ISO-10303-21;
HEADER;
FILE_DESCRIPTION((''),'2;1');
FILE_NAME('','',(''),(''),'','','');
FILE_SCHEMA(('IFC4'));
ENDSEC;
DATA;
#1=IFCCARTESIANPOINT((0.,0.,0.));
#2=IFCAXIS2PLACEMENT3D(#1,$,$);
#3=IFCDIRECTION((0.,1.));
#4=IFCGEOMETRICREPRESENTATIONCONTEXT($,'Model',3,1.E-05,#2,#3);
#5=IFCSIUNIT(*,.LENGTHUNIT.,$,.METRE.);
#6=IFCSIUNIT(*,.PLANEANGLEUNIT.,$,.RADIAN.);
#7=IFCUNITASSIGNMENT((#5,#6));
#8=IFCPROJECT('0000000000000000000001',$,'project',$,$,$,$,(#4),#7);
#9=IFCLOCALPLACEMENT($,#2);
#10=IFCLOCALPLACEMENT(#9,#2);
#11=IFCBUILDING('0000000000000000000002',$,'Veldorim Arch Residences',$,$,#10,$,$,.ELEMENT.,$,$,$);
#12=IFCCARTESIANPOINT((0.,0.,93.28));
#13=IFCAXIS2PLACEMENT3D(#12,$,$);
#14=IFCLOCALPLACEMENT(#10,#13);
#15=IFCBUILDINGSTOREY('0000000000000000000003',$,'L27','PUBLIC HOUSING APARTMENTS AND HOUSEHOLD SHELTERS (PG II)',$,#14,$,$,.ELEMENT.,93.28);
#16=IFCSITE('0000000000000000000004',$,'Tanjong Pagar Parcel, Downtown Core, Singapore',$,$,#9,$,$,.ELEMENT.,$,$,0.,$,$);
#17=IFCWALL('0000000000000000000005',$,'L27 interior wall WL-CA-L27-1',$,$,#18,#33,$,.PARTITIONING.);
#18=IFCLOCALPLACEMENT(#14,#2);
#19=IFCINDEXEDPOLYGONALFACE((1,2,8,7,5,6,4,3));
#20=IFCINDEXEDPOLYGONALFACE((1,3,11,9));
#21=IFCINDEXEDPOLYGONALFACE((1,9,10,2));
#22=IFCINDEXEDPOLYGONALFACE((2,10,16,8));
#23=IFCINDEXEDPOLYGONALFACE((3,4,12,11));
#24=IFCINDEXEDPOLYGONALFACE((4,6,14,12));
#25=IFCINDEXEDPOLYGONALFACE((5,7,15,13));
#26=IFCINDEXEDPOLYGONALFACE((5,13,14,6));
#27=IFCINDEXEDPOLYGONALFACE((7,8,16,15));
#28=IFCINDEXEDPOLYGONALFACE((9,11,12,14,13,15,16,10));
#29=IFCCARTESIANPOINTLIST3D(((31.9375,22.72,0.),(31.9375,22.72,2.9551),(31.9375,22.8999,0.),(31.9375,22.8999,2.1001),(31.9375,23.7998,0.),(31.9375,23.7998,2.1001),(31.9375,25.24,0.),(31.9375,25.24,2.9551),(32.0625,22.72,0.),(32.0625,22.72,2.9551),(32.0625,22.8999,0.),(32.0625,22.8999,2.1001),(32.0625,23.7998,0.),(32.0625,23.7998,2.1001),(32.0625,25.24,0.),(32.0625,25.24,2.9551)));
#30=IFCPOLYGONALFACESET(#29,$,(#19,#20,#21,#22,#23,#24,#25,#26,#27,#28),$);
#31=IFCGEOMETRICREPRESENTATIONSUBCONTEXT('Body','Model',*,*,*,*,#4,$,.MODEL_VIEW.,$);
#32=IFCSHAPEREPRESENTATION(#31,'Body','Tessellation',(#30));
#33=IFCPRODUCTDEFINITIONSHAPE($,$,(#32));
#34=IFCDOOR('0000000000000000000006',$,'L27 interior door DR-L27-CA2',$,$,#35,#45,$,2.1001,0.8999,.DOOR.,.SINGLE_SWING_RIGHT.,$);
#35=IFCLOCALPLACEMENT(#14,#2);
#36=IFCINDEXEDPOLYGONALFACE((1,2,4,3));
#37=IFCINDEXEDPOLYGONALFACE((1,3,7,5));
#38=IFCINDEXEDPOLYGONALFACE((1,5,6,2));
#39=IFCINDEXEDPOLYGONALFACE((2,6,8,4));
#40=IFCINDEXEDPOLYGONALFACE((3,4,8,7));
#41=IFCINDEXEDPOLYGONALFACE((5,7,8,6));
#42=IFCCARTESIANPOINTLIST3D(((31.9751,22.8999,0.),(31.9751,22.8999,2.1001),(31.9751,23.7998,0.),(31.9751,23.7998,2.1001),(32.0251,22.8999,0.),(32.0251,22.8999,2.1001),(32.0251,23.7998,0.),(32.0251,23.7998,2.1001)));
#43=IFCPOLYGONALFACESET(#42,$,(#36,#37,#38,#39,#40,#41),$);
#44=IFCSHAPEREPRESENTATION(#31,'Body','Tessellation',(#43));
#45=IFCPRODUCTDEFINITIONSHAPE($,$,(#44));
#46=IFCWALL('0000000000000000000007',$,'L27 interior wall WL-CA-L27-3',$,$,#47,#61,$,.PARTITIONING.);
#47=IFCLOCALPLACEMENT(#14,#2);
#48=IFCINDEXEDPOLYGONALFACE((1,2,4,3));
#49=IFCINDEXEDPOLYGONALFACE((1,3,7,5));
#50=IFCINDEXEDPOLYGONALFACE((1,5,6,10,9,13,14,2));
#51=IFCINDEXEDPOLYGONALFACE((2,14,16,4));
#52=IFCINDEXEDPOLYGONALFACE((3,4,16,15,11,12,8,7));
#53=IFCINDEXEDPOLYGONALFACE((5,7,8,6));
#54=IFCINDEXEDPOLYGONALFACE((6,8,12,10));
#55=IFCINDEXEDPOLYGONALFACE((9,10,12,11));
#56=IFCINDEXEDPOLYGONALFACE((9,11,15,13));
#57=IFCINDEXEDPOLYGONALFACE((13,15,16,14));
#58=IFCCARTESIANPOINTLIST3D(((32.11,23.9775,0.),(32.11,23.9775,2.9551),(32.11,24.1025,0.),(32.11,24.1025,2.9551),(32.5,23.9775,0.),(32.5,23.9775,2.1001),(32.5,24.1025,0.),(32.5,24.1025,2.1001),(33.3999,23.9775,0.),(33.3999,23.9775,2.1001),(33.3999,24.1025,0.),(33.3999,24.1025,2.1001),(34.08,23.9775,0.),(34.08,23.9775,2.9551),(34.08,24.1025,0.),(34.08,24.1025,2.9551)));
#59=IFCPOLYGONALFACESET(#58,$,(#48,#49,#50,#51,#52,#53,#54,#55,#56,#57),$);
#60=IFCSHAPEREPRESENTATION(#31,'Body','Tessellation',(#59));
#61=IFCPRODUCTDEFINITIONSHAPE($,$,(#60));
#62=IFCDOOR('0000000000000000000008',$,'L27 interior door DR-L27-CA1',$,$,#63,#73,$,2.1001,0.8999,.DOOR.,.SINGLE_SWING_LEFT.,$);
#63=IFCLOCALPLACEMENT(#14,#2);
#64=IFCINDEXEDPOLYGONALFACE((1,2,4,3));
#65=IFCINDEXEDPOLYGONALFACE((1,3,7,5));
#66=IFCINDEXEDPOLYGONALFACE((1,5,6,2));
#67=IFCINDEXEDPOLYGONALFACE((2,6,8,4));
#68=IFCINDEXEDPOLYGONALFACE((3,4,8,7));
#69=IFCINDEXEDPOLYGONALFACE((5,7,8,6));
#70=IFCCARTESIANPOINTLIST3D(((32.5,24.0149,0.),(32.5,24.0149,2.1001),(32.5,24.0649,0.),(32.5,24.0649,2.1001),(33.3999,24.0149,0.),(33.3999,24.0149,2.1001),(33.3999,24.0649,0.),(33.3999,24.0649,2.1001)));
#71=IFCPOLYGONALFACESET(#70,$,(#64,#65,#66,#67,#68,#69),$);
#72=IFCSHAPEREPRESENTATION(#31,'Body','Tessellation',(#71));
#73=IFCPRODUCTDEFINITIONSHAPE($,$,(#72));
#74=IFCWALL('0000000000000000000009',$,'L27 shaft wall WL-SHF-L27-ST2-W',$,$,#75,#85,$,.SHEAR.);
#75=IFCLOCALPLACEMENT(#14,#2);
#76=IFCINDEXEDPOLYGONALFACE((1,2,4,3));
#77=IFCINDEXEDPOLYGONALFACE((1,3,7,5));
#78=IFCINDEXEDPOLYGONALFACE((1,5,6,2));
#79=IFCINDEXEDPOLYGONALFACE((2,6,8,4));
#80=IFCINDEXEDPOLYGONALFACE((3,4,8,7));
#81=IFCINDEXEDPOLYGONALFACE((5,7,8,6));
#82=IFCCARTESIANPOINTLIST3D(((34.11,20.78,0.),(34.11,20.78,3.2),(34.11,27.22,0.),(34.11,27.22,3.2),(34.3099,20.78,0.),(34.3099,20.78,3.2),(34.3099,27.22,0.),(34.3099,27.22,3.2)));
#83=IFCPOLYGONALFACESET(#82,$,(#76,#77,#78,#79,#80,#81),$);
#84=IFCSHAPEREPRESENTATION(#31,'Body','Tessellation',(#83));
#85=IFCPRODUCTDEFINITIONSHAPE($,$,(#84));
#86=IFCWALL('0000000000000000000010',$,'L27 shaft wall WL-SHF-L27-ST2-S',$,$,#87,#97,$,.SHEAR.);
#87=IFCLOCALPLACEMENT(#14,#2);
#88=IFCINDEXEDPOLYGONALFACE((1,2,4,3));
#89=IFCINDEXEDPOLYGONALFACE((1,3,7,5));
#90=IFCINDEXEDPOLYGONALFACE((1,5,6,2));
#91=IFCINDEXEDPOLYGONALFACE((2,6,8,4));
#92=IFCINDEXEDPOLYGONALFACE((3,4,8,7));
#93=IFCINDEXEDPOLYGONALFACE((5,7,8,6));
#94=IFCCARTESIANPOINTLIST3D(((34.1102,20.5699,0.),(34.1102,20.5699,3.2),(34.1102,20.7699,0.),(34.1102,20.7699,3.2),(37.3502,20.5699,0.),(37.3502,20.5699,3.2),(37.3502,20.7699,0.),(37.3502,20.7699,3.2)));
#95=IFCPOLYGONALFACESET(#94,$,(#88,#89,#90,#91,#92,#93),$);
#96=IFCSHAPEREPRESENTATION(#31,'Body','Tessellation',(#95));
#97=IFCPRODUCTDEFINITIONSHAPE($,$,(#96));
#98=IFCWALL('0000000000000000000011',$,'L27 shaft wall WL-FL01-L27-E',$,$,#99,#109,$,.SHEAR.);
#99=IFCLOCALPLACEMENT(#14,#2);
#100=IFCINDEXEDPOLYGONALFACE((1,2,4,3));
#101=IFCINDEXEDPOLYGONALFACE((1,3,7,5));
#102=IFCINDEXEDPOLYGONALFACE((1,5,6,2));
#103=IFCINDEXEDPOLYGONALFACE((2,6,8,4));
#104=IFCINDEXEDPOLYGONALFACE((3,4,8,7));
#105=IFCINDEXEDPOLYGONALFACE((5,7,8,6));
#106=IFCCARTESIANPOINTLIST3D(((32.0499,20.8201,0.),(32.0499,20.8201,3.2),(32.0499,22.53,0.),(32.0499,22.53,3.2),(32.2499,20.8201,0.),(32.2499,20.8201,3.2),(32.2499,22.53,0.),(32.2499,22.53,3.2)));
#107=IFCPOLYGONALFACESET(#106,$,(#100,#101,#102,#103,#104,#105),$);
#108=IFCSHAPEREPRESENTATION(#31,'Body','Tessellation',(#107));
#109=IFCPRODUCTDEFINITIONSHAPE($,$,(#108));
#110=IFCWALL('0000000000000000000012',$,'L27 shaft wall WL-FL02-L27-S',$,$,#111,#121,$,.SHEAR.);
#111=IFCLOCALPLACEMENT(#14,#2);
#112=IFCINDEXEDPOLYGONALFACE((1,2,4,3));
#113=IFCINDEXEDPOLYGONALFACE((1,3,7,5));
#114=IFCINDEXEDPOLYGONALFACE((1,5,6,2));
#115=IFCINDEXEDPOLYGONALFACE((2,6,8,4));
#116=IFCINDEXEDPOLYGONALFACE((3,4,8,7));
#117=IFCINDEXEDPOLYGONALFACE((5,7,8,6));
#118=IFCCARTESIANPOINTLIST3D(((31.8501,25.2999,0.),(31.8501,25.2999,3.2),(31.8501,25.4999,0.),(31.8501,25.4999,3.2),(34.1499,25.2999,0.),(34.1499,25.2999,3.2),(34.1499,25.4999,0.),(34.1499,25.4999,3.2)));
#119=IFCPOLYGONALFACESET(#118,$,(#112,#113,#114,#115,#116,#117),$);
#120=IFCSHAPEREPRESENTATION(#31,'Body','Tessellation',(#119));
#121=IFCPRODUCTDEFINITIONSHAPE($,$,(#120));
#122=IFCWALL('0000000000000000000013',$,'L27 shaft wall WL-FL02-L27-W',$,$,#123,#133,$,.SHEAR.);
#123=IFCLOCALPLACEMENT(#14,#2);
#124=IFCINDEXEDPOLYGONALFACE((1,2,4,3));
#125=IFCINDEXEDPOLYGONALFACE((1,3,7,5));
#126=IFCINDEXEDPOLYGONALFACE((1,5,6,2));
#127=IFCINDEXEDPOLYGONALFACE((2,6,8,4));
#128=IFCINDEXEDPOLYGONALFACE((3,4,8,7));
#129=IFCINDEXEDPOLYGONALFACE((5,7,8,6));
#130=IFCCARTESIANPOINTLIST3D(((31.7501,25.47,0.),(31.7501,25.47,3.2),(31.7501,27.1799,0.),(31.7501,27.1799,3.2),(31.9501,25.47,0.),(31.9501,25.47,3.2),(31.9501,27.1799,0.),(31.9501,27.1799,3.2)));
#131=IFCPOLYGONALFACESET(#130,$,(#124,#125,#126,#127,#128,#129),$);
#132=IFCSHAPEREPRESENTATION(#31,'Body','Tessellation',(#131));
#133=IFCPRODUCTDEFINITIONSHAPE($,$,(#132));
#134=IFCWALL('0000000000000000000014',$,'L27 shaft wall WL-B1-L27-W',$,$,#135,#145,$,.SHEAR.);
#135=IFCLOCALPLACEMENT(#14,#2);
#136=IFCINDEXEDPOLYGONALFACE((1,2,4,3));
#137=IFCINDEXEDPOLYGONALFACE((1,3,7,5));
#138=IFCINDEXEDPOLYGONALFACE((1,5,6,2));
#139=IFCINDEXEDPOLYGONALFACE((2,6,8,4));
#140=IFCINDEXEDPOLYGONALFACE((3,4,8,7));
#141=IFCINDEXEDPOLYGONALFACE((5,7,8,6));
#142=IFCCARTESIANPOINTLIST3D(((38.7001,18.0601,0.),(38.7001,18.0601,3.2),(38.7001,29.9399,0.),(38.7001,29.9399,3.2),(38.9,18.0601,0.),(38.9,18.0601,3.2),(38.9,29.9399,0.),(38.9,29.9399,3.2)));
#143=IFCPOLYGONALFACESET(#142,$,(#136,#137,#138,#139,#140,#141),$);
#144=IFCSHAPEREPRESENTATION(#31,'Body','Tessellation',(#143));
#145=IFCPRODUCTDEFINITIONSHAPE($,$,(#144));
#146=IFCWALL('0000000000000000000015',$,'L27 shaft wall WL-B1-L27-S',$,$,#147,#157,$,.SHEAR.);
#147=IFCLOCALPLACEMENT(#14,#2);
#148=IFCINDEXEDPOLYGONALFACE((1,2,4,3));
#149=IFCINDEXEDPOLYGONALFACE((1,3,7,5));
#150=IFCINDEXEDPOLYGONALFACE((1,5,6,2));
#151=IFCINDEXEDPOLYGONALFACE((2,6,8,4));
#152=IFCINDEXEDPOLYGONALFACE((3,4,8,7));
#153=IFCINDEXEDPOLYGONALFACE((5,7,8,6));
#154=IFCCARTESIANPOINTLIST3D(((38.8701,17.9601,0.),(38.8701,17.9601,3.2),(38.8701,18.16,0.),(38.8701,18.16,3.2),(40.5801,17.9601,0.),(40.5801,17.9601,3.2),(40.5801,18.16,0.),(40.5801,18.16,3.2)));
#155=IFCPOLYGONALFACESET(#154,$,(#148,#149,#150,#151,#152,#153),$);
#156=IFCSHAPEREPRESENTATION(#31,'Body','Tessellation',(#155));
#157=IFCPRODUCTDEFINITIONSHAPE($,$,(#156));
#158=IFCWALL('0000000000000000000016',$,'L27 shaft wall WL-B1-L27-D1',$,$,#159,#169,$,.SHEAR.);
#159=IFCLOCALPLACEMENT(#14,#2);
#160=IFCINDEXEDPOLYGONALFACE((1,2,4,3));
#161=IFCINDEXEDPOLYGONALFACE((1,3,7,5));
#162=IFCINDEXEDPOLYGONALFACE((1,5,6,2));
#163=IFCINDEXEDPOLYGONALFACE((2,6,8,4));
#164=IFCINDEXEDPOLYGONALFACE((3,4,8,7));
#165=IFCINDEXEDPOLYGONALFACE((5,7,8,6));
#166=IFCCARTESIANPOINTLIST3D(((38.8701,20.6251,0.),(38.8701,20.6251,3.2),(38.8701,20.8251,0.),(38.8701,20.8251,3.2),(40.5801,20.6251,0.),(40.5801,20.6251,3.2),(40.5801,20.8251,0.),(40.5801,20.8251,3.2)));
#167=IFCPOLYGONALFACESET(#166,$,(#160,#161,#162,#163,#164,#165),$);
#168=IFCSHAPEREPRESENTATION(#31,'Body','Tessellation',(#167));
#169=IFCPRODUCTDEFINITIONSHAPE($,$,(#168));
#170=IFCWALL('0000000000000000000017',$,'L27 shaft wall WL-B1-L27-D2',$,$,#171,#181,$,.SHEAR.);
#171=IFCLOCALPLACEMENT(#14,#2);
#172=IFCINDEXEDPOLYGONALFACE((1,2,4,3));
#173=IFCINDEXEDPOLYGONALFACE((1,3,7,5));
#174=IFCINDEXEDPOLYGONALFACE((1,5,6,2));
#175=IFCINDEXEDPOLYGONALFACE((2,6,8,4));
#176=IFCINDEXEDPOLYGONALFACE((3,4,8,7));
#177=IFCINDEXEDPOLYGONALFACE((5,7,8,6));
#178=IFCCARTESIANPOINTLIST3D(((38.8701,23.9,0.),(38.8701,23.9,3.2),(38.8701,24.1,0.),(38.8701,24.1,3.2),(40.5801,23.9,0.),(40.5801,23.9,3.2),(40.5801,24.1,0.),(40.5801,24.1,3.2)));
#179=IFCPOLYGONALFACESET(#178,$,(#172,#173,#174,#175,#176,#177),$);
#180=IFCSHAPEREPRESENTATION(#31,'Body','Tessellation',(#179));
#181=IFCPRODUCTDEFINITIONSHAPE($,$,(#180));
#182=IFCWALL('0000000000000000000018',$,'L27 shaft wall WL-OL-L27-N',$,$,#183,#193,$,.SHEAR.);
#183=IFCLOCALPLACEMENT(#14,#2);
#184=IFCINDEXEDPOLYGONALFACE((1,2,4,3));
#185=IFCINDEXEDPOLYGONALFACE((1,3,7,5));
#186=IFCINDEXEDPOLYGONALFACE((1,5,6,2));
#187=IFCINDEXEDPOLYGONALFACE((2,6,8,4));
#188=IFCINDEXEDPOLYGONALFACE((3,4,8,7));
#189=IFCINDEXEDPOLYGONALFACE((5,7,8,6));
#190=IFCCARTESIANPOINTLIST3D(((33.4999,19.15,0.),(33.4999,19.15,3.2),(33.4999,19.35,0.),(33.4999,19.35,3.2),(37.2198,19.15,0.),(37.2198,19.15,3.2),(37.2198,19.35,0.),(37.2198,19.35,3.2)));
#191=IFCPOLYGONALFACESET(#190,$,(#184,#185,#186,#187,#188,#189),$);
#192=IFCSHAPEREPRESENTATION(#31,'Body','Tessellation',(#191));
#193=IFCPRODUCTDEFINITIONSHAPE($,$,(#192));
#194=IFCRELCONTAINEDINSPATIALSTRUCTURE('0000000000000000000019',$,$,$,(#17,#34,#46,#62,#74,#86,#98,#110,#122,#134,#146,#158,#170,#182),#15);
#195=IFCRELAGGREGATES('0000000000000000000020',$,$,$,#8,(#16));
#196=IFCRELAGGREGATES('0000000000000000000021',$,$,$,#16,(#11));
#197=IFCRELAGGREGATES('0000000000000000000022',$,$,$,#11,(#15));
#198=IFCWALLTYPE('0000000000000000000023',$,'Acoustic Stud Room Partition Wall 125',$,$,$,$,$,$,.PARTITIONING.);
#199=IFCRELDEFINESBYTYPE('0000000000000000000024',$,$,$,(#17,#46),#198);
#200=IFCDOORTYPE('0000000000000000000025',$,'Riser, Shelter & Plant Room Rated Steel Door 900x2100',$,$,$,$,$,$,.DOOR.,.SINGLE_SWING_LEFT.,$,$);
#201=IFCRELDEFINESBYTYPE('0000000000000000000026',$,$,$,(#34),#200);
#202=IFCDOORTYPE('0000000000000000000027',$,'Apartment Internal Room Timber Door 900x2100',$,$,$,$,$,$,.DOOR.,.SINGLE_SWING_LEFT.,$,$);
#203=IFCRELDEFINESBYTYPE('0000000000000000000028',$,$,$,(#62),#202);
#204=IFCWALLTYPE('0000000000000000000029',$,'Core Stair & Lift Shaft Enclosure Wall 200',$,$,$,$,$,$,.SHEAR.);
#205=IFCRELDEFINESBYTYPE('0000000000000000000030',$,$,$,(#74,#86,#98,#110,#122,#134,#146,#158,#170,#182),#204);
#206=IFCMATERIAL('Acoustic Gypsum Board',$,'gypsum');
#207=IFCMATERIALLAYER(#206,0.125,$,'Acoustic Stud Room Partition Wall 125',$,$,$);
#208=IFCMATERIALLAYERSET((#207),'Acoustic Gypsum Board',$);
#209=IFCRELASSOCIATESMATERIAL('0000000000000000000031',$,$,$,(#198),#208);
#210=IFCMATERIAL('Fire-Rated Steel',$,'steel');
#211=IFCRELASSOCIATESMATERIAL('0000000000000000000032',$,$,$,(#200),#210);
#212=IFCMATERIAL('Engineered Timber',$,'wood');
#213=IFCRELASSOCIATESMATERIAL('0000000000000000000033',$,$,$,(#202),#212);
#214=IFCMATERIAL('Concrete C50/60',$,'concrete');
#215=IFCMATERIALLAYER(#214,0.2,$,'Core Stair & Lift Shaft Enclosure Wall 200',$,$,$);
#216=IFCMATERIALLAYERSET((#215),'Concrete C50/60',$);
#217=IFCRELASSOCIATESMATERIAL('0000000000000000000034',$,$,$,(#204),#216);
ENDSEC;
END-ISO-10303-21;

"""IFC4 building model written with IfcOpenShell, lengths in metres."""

from ifc_helpers import new_model, si_unit, direction, frame, frame_2d, origin, place, context, subcontext, project, spatial, rectangle, extrude, material, layer, layer_set, type_object, element, fill, save


model = new_model("IFC4")

# Units and contexts
model_context = context("Model", 3, precision=1e-05, world=origin(), true_north=direction((0.0, 1.0)))
body_context = subcontext(model_context, "Body", "Model", "MODEL_VIEW")
ifc_project = project(units=[si_unit("LENGTHUNIT", "METRE"), si_unit("PLANEANGLEUNIT", "RADIAN")], contexts=[model_context])

# Site, building, storey
site_placement = place(None, origin())
site = spatial("IfcSite", under=ifc_project, at=site_placement, Name="Tanjong Pagar Parcel, Downtown Core, Singapore", CompositionType="ELEMENT", RefElevation=0.0)
building_placement = place(site_placement, origin())
building = spatial("IfcBuilding", under=site, at=building_placement, Name="Veldorim Arch Residences", CompositionType="ELEMENT")
storey_placement = place(building_placement, frame((0.0, 0.0, 93.28)))
storey = spatial("IfcBuildingStorey", under=building, at=storey_placement, Name="L27", Description="PUBLIC HOUSING APARTMENTS AND HOUSEHOLD SHELTERS (PG II)", CompositionType="ELEMENT", Elevation=93.28)

# Walls, openings, doors
ifc_material_1 = material(Name="Acoustic Gypsum Board", Category="gypsum")
ifc_layer_1 = layer(ifc_material_1, 0.125, Name="Acoustic Stud Room Partition Wall 125")
ifc_layer_set_1 = layer_set([ifc_layer_1], Name="Acoustic Gypsum Board")
wall_type_1 = type_object("IfcWallType", Name="Acoustic Stud Room Partition Wall 125", PredefinedType="PARTITIONING", material=ifc_layer_set_1)
wall_1_placement = place(storey_placement, frame((32.0, 22.72, 0.0), z_axis=(0.0, 0.0, 1.0), x_axis=(0.0, 1.0, 0.0)))
wall_1 = element("IfcWall", 1, at=wall_1_placement, inside=storey, type_object=wall_type_1, Name="L27 interior wall WL-CA-L27-1", PredefinedType="PARTITIONING", context=body_context, shape_type="SweptSolid", body=[
    extrude(rectangle(XDim=2.52, YDim=0.125, at=frame_2d((1.26, 0.0))), origin(), (0.0, 0.0, 1.0), 2.9551),
])
opening_1_placement = place(wall_1_placement, frame((0.1799, 0.0, 0.0)))
opening_1 = element("IfcOpeningElement", 2, at=opening_1_placement, cuts=wall_1, PredefinedType="OPENING", context=body_context, shape_type="SweptSolid", body=[
    extrude(rectangle(XDim=0.8999, YDim=2.1001, at=frame_2d((0.45, 1.05))), frame((0.0, 0.0725, 0.0), z_axis=(0.0, -1.0, 0.0), x_axis=(1.0, 0.0, 0.0)), (0.0, 0.0, 1.0), 0.145),
])
ifc_material_2 = material(Name="Fire-Rated Steel", Category="steel")
door_type_1 = type_object("IfcDoorType", Name="Riser, Shelter & Plant Room Rated Steel Door 900x2100", OperationType="SINGLE_SWING_LEFT", PredefinedType="DOOR", material=ifc_material_2)
door_1_placement = place(opening_1_placement, origin())
door_1 = element("IfcDoor", 3, at=door_1_placement, inside=storey, type_object=door_type_1, Name="L27 interior door DR-L27-CA2", OperationType="SINGLE_SWING_RIGHT", OverallHeight=2.1001, OverallWidth=0.8999, PredefinedType="DOOR", context=body_context, shape_type="SweptSolid", body=[
    extrude(rectangle(XDim=0.8999, YDim=2.1001, at=frame_2d((0.45, 1.05))), frame((0.0, 0.0249, 0.0), z_axis=(0.0, -1.0, 0.0), x_axis=(1.0, 0.0, 0.0)), (0.0, 0.0, 1.0), 0.05),
])
fill(opening_1, door_1)
wall_2_placement = place(storey_placement, frame((32.1101, 24.04, 0.0), z_axis=(0.0, 0.0, 1.0), x_axis=(1.0, 0.0, 0.0)))
wall_2 = element("IfcWall", 4, at=wall_2_placement, inside=storey, type_object=wall_type_1, Name="L27 interior wall WL-CA-L27-3", PredefinedType="PARTITIONING", context=body_context, shape_type="SweptSolid", body=[
    extrude(rectangle(XDim=1.97, YDim=0.125, at=frame_2d((0.9849, 0.0))), origin(), (0.0, 0.0, 1.0), 2.9551),
])
opening_2_placement = place(wall_2_placement, frame((0.3899, 0.0, 0.0)))
opening_2 = element("IfcOpeningElement", 5, at=opening_2_placement, cuts=wall_2, PredefinedType="OPENING", context=body_context, shape_type="SweptSolid", body=[
    extrude(rectangle(XDim=0.8999, YDim=2.1001, at=frame_2d((0.45, 1.05))), frame((0.0, 0.0725, 0.0), z_axis=(0.0, -1.0, 0.0), x_axis=(1.0, 0.0, 0.0)), (0.0, 0.0, 1.0), 0.145),
])
ifc_material_3 = material(Name="Engineered Timber", Category="wood")
door_type_2 = type_object("IfcDoorType", Name="Apartment Internal Room Timber Door 900x2100", OperationType="SINGLE_SWING_LEFT", PredefinedType="DOOR", material=ifc_material_3)
door_2_placement = place(opening_2_placement, origin())
door_2 = element("IfcDoor", 6, at=door_2_placement, inside=storey, type_object=door_type_2, Name="L27 interior door DR-L27-CA1", OperationType="SINGLE_SWING_LEFT", OverallHeight=2.1001, OverallWidth=0.8999, PredefinedType="DOOR", context=body_context, shape_type="SweptSolid", body=[
    extrude(rectangle(XDim=0.8999, YDim=2.1001, at=frame_2d((0.45, 1.05))), frame((0.0, 0.0249, 0.0), z_axis=(0.0, -1.0, 0.0), x_axis=(1.0, 0.0, 0.0)), (0.0, 0.0, 1.0), 0.05),
])
fill(opening_2, door_2)

# Walls
ifc_material_4 = material(Name="Concrete C50/60", Category="concrete")
ifc_layer_2 = layer(ifc_material_4, 0.2, Name="Core Stair & Lift Shaft Enclosure Wall 200")
ifc_layer_set_2 = layer_set([ifc_layer_2], Name="Concrete C50/60")
wall_type_2 = type_object("IfcWallType", Name="Core Stair & Lift Shaft Enclosure Wall 200", PredefinedType="SHEAR", material=ifc_layer_set_2)
wall_3_placement = place(storey_placement, frame((34.21, 20.78, 0.0), z_axis=(0.0, 0.0, 1.0), x_axis=(0.0, 1.0, 0.0)))
element("IfcWall", 7, at=wall_3_placement, inside=storey, type_object=wall_type_2, Name="L27 shaft wall WL-SHF-L27-ST2-W", PredefinedType="SHEAR", context=body_context, shape_type="SweptSolid", body=[
    extrude(rectangle(XDim=6.4399, YDim=0.2, at=frame_2d((3.22, 0.0))), origin(), (0.0, 0.0, 1.0), 3.2),
])
wall_4_placement = place(storey_placement, frame((34.1101, 20.6699, 0.0), z_axis=(0.0, 0.0, 1.0), x_axis=(1.0, 0.0, 0.0)))
element("IfcWall", 8, at=wall_4_placement, inside=storey, type_object=wall_type_2, Name="L27 shaft wall WL-SHF-L27-ST2-S", PredefinedType="SHEAR", context=body_context, shape_type="SweptSolid", body=[
    extrude(rectangle(XDim=3.24, YDim=0.2, at=frame_2d((1.6201, 0.0))), origin(), (0.0, 0.0, 1.0), 3.2),
])
wall_5_placement = place(storey_placement, frame((32.1499, 20.8201, 0.0), z_axis=(0.0, 0.0, 1.0), x_axis=(0.0, 1.0, 0.0)))
element("IfcWall", 9, at=wall_5_placement, inside=storey, type_object=wall_type_2, Name="L27 shaft wall WL-FL01-L27-E", PredefinedType="SHEAR", context=body_context, shape_type="SweptSolid", body=[
    extrude(rectangle(XDim=1.71, YDim=0.2, at=frame_2d((0.855, 0.0))), origin(), (0.0, 0.0, 1.0), 3.2),
])
wall_6_placement = place(storey_placement, frame((31.8501, 25.3999, 0.0), z_axis=(0.0, 0.0, 1.0), x_axis=(1.0, 0.0, 0.0)))
element("IfcWall", 10, at=wall_6_placement, inside=storey, type_object=wall_type_2, Name="L27 shaft wall WL-FL02-L27-S", PredefinedType="SHEAR", context=body_context, shape_type="SweptSolid", body=[
    extrude(rectangle(XDim=2.2998, YDim=0.2, at=frame_2d((1.1499, 0.0))), origin(), (0.0, 0.0, 1.0), 3.2),
])
wall_7_placement = place(storey_placement, frame((31.8501, 25.47, 0.0), z_axis=(0.0, 0.0, 1.0), x_axis=(0.0, 1.0, 0.0)))
element("IfcWall", 11, at=wall_7_placement, inside=storey, type_object=wall_type_2, Name="L27 shaft wall WL-FL02-L27-W", PredefinedType="SHEAR", context=body_context, shape_type="SweptSolid", body=[
    extrude(rectangle(XDim=1.71, YDim=0.2, at=frame_2d((0.855, 0.0))), origin(), (0.0, 0.0, 1.0), 3.2),
])
wall_8_placement = place(storey_placement, frame((38.8, 18.0601, 0.0), z_axis=(0.0, 0.0, 1.0), x_axis=(0.0, 1.0, 0.0)))
element("IfcWall", 12, at=wall_8_placement, inside=storey, type_object=wall_type_2, Name="L27 shaft wall WL-B1-L27-W", PredefinedType="SHEAR", context=body_context, shape_type="SweptSolid", body=[
    extrude(rectangle(XDim=11.8799, YDim=0.2, at=frame_2d((5.9399, 0.0))), origin(), (0.0, 0.0, 1.0), 3.2),
])
for number, where, z_axis, x_axis, name in (
    (13, (38.8701, 18.0601, 0.0), (0.0, 0.0, 1.0), (1.0, 0.0, 0.0), "L27 shaft wall WL-B1-L27-S"),
    (14, (38.8701, 20.7251, 0.0), (0.0, 0.0, 1.0), (1.0, 0.0, 0.0), "L27 shaft wall WL-B1-L27-D1"),
    (15, (38.8701, 24.0, 0.0), (0.0, 0.0, 1.0), (1.0, 0.0, 0.0), "L27 shaft wall WL-B1-L27-D2"),
):
    element("IfcWall", number, at=place(storey_placement, frame(where, z_axis=z_axis, x_axis=x_axis)), inside=storey, type_object=wall_type_2, Name=name, PredefinedType="SHEAR", context=body_context, shape_type="SweptSolid", body=[
        extrude(rectangle(XDim=1.71, YDim=0.2, at=frame_2d((0.855, 0.0))), origin(), (0.0, 0.0, 1.0), 3.2),
    ])
wall_9_placement = place(storey_placement, frame((33.5, 19.25, 0.0), z_axis=(0.0, 0.0, 1.0), x_axis=(1.0, 0.0, 0.0)))
element("IfcWall", 16, at=wall_9_placement, inside=storey, type_object=wall_type_2, Name="L27 shaft wall WL-OL-L27-N", PredefinedType="SHEAR", context=body_context, shape_type="SweptSolid", body=[
    extrude(rectangle(XDim=3.72, YDim=0.2, at=frame_2d((1.8599, 0.0))), origin(), (0.0, 0.0, 1.0), 3.2),
])

save(model, "model.ifc")
